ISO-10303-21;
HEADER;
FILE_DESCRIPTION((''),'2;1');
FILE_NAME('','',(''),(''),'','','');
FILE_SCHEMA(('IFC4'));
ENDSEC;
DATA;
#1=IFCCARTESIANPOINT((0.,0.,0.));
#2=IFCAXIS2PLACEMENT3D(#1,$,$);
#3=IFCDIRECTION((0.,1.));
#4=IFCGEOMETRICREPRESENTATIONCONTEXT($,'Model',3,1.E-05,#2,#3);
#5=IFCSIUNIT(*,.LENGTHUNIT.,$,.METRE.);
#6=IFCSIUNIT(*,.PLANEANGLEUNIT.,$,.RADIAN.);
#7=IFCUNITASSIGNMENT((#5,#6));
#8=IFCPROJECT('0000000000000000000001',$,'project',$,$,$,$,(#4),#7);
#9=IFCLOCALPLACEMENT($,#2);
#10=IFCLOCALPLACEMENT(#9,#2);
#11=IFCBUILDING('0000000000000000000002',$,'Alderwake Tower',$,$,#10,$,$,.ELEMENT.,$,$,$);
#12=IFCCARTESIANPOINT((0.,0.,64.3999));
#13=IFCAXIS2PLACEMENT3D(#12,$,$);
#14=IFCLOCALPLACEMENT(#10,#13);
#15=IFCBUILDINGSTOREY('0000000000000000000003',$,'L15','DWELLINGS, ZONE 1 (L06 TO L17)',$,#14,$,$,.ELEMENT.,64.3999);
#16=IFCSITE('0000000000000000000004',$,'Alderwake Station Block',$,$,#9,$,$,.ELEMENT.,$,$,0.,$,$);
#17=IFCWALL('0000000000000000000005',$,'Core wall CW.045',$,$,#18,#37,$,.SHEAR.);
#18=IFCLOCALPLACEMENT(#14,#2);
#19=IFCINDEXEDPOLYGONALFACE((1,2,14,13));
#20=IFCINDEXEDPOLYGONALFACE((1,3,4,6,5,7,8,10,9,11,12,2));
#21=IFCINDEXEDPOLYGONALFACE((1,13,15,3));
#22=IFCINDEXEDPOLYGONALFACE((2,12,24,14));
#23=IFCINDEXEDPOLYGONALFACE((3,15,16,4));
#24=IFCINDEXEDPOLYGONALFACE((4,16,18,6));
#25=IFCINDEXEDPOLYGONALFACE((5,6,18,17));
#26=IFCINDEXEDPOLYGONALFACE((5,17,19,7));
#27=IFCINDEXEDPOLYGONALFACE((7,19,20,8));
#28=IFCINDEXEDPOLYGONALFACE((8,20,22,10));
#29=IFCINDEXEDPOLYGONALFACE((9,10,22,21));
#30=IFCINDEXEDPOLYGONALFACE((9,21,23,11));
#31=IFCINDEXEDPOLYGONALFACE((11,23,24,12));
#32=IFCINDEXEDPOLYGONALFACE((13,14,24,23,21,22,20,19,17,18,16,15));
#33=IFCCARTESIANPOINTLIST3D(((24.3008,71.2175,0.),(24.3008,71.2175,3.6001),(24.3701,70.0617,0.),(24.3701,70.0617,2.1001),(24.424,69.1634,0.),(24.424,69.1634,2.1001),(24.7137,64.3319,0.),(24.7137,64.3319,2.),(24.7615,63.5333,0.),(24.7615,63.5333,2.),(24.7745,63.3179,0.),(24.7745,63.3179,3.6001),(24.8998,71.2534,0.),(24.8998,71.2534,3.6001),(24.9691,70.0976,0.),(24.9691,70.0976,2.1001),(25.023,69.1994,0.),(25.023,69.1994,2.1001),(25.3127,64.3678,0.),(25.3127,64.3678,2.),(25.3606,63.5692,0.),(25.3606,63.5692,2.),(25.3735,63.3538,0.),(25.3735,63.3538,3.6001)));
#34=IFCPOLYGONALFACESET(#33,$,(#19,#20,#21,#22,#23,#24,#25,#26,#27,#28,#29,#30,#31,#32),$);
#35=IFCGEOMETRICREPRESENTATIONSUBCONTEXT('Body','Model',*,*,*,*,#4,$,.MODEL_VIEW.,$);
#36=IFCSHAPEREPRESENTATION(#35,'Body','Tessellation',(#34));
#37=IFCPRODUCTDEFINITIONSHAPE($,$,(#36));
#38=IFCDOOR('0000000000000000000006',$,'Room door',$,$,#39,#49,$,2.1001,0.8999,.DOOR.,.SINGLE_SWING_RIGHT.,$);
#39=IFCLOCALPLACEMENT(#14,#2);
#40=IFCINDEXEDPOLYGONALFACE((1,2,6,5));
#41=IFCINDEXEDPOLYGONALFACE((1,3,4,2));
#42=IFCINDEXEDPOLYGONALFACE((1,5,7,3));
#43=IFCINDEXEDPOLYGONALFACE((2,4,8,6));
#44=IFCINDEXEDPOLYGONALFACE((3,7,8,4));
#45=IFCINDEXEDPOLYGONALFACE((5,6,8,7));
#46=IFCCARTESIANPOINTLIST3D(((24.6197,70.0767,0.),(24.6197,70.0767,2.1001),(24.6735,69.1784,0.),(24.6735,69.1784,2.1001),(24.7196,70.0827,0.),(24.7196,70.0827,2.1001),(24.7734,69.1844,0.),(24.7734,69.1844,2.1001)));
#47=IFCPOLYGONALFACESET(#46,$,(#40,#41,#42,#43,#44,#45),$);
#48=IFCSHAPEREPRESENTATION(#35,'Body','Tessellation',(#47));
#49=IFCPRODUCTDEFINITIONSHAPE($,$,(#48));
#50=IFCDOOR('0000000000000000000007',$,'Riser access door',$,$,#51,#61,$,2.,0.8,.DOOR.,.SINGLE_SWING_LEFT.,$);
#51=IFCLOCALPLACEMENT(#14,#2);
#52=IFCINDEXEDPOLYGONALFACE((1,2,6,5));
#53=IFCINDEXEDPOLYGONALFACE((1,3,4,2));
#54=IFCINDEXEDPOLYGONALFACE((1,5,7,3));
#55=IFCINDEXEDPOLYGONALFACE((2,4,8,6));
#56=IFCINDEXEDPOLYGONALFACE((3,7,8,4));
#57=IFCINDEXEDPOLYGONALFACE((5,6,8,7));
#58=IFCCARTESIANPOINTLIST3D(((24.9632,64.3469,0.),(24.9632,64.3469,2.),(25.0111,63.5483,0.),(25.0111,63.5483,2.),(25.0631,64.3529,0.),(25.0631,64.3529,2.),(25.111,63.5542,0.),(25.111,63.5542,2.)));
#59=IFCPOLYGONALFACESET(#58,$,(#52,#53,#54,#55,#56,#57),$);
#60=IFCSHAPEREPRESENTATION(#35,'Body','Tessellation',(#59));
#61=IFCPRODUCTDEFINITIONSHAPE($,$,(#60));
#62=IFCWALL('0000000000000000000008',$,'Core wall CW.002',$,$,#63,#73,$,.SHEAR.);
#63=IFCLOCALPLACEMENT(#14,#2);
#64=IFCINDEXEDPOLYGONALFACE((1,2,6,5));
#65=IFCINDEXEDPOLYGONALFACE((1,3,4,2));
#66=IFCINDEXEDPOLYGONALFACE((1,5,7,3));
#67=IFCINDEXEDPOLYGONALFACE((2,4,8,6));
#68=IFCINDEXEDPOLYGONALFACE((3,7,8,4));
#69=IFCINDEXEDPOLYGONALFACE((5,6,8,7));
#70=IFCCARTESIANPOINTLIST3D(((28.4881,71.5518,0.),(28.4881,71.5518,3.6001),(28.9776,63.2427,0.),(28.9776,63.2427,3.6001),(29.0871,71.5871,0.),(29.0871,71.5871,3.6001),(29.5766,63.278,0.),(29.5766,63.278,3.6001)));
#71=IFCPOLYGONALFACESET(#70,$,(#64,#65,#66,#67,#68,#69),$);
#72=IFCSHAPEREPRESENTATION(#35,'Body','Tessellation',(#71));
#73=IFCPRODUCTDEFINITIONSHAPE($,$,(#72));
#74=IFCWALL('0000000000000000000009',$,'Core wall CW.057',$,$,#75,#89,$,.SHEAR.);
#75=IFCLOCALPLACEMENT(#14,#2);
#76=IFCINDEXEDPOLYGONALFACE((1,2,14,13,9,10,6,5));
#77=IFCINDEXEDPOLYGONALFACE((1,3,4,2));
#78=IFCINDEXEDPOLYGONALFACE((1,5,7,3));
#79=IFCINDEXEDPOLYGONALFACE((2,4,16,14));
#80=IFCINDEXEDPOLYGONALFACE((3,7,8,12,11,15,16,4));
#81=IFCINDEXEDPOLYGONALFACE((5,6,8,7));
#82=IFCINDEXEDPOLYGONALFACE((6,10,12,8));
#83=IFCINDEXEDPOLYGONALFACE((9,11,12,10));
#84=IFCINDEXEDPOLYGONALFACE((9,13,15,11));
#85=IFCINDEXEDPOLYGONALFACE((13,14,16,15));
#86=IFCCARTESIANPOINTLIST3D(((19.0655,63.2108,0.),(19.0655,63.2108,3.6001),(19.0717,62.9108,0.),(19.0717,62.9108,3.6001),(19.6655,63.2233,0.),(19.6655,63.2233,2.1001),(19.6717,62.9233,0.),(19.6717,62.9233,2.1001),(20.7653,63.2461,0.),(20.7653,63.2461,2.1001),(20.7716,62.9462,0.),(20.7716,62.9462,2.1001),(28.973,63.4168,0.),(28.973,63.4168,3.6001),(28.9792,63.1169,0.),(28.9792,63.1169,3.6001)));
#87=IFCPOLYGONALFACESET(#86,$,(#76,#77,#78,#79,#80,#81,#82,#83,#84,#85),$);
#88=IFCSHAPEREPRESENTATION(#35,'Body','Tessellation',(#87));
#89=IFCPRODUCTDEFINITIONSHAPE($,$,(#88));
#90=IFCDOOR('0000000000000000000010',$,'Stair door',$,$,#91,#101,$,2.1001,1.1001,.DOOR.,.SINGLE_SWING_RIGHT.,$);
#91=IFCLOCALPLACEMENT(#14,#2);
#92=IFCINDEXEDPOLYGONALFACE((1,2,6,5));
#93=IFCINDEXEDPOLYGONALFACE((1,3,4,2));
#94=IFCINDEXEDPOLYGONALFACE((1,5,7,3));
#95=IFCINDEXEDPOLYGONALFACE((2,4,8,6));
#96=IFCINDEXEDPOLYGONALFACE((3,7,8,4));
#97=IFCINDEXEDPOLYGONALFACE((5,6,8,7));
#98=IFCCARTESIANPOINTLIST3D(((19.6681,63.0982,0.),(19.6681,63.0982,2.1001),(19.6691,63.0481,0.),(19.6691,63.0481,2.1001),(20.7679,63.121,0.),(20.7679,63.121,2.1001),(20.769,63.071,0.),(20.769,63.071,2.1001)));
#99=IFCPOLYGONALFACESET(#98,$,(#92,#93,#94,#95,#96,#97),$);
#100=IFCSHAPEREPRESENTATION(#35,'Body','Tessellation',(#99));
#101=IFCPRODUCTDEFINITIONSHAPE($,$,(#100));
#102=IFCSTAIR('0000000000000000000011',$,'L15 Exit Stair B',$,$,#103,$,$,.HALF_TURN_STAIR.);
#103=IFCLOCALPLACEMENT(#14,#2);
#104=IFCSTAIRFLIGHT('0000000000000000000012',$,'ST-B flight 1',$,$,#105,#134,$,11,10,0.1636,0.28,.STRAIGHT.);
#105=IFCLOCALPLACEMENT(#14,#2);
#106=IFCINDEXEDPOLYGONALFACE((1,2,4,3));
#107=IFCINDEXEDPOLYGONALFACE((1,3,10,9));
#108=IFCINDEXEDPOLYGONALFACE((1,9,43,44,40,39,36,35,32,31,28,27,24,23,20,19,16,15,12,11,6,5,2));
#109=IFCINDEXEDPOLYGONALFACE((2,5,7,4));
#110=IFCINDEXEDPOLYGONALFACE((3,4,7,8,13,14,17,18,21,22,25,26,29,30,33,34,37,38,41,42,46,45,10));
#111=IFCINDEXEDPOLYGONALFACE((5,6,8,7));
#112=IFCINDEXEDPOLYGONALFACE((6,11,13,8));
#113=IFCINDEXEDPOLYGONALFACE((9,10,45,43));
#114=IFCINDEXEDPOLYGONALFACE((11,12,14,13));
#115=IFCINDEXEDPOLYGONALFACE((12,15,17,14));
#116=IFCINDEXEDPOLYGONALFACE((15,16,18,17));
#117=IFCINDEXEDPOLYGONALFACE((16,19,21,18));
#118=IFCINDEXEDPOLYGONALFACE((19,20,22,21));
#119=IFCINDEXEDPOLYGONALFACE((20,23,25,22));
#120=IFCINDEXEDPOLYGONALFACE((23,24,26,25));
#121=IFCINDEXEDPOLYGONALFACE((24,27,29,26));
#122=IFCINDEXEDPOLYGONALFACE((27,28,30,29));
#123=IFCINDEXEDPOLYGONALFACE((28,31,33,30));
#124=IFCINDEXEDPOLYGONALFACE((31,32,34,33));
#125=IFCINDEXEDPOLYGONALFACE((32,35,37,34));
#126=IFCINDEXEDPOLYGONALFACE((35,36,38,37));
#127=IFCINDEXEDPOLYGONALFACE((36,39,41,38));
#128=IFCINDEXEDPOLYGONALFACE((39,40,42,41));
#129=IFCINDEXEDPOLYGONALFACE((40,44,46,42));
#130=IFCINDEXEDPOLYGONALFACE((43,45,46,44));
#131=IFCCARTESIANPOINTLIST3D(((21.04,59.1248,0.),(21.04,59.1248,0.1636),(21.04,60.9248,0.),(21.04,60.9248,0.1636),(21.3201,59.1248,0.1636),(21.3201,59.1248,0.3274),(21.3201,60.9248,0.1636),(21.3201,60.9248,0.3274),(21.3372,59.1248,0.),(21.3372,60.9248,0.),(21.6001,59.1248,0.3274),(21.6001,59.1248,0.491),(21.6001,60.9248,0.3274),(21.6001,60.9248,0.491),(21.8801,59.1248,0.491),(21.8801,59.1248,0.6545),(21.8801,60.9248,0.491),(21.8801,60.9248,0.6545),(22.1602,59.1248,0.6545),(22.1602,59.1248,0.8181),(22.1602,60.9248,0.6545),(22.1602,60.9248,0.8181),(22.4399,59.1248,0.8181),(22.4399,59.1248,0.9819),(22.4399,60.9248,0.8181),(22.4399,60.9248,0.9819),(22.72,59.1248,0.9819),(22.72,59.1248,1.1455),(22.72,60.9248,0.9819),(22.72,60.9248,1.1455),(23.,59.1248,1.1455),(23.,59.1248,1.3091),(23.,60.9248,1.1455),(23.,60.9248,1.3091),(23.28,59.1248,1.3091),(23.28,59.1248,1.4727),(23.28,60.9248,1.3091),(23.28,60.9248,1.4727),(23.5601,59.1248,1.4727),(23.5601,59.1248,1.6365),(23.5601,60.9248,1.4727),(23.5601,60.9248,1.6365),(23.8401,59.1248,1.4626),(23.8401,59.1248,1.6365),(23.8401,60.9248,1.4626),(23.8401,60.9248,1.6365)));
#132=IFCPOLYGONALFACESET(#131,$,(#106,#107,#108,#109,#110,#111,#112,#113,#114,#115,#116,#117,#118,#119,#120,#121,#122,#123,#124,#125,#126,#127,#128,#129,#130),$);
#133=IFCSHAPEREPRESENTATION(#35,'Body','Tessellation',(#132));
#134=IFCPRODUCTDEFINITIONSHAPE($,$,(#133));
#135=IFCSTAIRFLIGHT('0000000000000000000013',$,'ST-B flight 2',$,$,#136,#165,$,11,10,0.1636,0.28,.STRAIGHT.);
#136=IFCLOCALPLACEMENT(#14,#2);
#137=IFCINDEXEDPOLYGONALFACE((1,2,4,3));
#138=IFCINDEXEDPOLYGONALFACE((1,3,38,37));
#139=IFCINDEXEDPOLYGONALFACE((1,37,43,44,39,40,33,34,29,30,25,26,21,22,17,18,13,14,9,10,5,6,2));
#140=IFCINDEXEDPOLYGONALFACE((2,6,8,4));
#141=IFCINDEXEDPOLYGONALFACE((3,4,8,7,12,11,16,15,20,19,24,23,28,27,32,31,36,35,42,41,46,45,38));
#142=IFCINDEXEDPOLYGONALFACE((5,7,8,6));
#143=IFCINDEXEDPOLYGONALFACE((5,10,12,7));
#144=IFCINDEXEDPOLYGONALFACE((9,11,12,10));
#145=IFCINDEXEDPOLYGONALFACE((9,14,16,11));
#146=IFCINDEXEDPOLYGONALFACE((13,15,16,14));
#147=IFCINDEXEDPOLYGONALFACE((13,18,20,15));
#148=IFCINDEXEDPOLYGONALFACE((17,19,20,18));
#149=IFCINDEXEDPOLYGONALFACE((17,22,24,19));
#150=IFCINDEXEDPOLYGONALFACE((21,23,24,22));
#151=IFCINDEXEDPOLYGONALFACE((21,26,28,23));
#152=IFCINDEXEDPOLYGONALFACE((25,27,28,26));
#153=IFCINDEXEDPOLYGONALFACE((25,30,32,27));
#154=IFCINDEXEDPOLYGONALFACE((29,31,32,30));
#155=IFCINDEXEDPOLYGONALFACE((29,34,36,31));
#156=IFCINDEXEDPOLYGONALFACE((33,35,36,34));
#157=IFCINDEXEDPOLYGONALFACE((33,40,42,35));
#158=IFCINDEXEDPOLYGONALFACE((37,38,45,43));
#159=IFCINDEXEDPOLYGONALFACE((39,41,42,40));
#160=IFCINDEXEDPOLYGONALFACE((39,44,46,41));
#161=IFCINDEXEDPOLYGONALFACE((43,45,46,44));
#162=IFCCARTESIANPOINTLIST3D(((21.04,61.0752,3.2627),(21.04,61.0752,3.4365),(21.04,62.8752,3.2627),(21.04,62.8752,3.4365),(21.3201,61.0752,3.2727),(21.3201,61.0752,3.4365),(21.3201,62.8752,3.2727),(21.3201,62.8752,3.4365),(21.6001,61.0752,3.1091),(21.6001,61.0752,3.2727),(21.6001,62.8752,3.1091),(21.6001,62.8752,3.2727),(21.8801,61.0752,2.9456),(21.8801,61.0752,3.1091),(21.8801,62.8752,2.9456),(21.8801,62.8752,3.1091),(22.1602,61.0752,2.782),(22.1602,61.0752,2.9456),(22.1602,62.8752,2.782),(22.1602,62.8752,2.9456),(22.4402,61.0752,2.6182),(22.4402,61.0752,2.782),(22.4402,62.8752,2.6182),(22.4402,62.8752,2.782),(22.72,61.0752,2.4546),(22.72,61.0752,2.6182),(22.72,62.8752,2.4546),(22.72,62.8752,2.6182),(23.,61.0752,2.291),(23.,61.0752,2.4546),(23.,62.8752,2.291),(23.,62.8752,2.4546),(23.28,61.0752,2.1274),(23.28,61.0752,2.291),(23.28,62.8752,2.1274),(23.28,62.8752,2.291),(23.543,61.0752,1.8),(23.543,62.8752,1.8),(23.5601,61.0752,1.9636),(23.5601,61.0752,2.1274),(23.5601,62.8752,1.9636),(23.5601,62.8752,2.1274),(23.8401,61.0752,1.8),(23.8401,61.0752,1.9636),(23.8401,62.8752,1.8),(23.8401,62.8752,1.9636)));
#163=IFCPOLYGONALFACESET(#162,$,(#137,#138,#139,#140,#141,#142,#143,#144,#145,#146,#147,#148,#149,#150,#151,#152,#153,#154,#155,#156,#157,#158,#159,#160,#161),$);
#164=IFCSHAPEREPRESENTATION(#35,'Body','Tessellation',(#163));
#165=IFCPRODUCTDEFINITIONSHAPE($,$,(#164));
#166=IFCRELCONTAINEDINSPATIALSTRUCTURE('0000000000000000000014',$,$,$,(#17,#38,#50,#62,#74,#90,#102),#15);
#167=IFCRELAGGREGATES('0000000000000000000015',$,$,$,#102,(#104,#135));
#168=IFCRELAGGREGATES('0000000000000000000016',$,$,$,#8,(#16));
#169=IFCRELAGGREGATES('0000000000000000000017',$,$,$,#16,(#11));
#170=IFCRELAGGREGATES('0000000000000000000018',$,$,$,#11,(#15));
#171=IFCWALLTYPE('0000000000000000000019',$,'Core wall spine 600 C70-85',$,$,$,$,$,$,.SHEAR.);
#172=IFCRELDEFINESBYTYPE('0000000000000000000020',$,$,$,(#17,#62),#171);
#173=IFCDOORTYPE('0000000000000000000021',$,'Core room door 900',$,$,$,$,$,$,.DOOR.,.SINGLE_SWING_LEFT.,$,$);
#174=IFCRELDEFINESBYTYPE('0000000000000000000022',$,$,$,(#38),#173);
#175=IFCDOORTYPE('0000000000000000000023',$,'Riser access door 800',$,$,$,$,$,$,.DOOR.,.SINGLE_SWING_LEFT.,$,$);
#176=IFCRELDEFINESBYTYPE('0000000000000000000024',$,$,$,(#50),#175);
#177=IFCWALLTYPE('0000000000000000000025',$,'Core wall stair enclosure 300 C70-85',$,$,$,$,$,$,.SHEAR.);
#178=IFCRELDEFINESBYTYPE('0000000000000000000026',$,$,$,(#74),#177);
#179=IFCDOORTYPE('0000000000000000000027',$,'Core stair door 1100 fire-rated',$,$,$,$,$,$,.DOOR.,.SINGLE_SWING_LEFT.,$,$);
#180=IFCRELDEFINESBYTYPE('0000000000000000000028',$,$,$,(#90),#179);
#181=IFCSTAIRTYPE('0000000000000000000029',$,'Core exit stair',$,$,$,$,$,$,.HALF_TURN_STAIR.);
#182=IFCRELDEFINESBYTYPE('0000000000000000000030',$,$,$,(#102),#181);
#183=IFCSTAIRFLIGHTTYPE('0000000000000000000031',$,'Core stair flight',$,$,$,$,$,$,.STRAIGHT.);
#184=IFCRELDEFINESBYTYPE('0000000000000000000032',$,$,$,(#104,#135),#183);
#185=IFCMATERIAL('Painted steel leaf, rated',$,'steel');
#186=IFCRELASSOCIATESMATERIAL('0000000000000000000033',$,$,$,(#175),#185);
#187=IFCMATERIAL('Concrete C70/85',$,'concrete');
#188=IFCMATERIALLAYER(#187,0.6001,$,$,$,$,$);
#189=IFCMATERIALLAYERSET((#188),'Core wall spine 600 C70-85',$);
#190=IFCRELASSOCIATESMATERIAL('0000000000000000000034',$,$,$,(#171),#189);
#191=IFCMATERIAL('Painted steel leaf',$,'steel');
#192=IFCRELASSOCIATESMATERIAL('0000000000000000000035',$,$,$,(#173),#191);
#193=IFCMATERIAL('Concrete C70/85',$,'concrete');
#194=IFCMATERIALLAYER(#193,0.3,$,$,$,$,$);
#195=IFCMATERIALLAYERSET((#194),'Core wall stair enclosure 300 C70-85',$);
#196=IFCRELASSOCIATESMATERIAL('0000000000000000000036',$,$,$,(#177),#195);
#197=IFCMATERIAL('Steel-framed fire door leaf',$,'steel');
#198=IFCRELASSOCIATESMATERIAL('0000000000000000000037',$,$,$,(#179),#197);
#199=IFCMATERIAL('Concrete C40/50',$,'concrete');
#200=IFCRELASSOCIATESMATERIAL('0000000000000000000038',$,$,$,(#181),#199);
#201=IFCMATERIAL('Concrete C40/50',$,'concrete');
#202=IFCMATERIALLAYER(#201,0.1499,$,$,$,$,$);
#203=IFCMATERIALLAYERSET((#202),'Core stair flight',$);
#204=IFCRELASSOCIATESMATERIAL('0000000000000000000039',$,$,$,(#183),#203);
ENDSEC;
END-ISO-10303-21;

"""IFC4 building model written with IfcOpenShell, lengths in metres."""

from ifc_helpers import new_model, si_unit, direction, frame, frame_2d, origin, place, context, subcontext, project, spatial, polyline, rectangle, outline, extrude, material, layer, layer_set, type_object, element, fill, aggregate, save


model = new_model("IFC4")

# Units and contexts
model_context = context("Model", 3, precision=1e-05, world=origin(), true_north=direction((0.0, 1.0)))
body_context = subcontext(model_context, "Body", "Model", "MODEL_VIEW")
ifc_project = project(units=[si_unit("LENGTHUNIT", "METRE"), si_unit("PLANEANGLEUNIT", "RADIAN")], contexts=[model_context])

# Site, building, storey
site_placement = place(None, origin())
site = spatial("IfcSite", under=ifc_project, at=site_placement, Name="Alderwake Station Block", CompositionType="ELEMENT", RefElevation=0.0)
building_placement = place(site_placement, origin())
building = spatial("IfcBuilding", under=site, at=building_placement, Name="Alderwake Tower", CompositionType="ELEMENT")
storey_placement = place(building_placement, frame((0.0, 0.0, 64.3999)))
storey = spatial("IfcBuildingStorey", under=building, at=storey_placement, Name="L15", Description="DWELLINGS, ZONE 1 (L06 TO L17)", CompositionType="ELEMENT", Elevation=64.3999)

# Shared definitions
ifc_material_1 = material(Name="Painted steel leaf, rated", Category="steel")
door_type_1 = type_object("IfcDoorType", Name="Riser access door 800", OperationType="SINGLE_SWING_LEFT", PredefinedType="DOOR", material=ifc_material_1)

# Shared definitions
ifc_material_2 = material(Name="Concrete C70/85", Category="concrete")
ifc_layer_1 = layer(ifc_material_2, 0.6001)
ifc_layer_set_1 = layer_set([ifc_layer_1], Name="Core wall spine 600 C70-85")
wall_type_1 = type_object("IfcWallType", Name="Core wall spine 600 C70-85", PredefinedType="SHEAR", material=ifc_layer_set_1)

# Wall, openings, doors
wall_1_placement = place(storey_placement, frame((25.074, 63.3357, 0.0), z_axis=(0.0, 0.0, 1.0), x_axis=(-0.059849, 0.998207, 0.0)))
wall_1 = element("IfcWall", 1, at=wall_1_placement, inside=storey, type_object=wall_type_1, Name="Core wall CW.045", PredefinedType="SHEAR", context=body_context, shape_type="SweptSolid", body=[
    extrude(rectangle(XDim=7.9138, YDim=0.6001, at=frame_2d((3.957, 0.0))), origin(), (0.0, 0.0, 1.0), 3.6001),
])
opening_1_placement = place(wall_1_placement, frame((0.2161, 0.0, 0.0)))
opening_1 = element("IfcOpeningElement", 2, at=opening_1_placement, cuts=wall_1, PredefinedType="OPENING", context=body_context, shape_type="SweptSolid", body=[
    extrude(rectangle(XDim=0.8, YDim=2.0, at=frame_2d((0.3999, 1.0))), frame((0.0, 0.3101, 0.0), z_axis=(0.0, -1.0, 0.0), x_axis=(1.0, 0.0, 0.0)), (0.0, 0.0, 1.0), 0.6201),
])
opening_2_placement = place(wall_1_placement, frame((5.8562, 0.0, 0.0)))
opening_2 = element("IfcOpeningElement", 3, at=opening_2_placement, cuts=wall_1, PredefinedType="OPENING", context=body_context, shape_type="SweptSolid", body=[
    extrude(rectangle(XDim=0.8999, YDim=2.1001, at=frame_2d((0.45, 1.05))), frame((0.0, 0.3101, 0.0), z_axis=(0.0, -1.0, 0.0), x_axis=(1.0, 0.0, 0.0)), (0.0, 0.0, 1.0), 0.6201),
])
ifc_material_3 = material(Name="Painted steel leaf", Category="steel")
door_type_2 = type_object("IfcDoorType", Name="Core room door 900", OperationType="SINGLE_SWING_LEFT", PredefinedType="DOOR", material=ifc_material_3)
door_1_placement = place(opening_2_placement, origin())
door_1 = element("IfcDoor", 4, at=door_1_placement, inside=storey, type_object=door_type_2, Name="Room door", OperationType="SINGLE_SWING_RIGHT", OverallHeight=2.1001, OverallWidth=0.8999, PredefinedType="DOOR", context=body_context, shape_type="SweptSolid", body=[
    extrude(rectangle(XDim=0.8999, YDim=2.1001, at=frame_2d((0.45, 1.05))), frame((0.0, 0.05, 0.0), z_axis=(0.0, -1.0, 0.0), x_axis=(1.0, 0.0, 0.0)), (0.0, 0.0, 1.0), 0.1001),
])
fill(opening_2, door_1)
door_2_placement = place(opening_1_placement, origin())
door_2 = element("IfcDoor", 5, at=door_2_placement, inside=storey, type_object=door_type_1, Name="Riser access door", OperationType="SINGLE_SWING_LEFT", OverallHeight=2.0, OverallWidth=0.8, PredefinedType="DOOR", context=body_context, shape_type="SweptSolid", body=[
    extrude(rectangle(XDim=0.8, YDim=2.0, at=frame_2d((0.3999, 1.0))), frame((0.0, 0.05, 0.0), z_axis=(0.0, -1.0, 0.0), x_axis=(1.0, 0.0, 0.0)), (0.0, 0.0, 1.0), 0.1001),
])
fill(opening_1, door_2)

# Wall
wall_2_placement = place(storey_placement, frame((29.2771, 63.2605, 0.0), z_axis=(0.0, 0.0, 1.0), x_axis=(-0.05881, 0.998269, 0.0)))
element("IfcWall", 6, at=wall_2_placement, inside=storey, type_object=wall_type_1, Name="Core wall CW.002", PredefinedType="SHEAR", context=body_context, shape_type="SweptSolid", body=[
    extrude(rectangle(XDim=8.3235, YDim=0.6001, at=frame_2d((4.1616, 0.0))), origin(), (0.0, 0.0, 1.0), 3.6001),
])

# Wall, opening, door
ifc_material_4 = material(Name="Concrete C70/85", Category="concrete")
ifc_layer_2 = layer(ifc_material_4, 0.3)
ifc_layer_set_2 = layer_set([ifc_layer_2], Name="Core wall stair enclosure 300 C70-85")
wall_type_2 = type_object("IfcWallType", Name="Core wall stair enclosure 300 C70-85", PredefinedType="SHEAR", material=ifc_layer_set_2)
wall_3_placement = place(storey_placement, frame((19.0686, 63.0608, 0.0), z_axis=(0.0, 0.0, 1.0), x_axis=(0.999784, 0.020793, 0.0)))
wall_3 = element("IfcWall", 7, at=wall_3_placement, inside=storey, type_object=wall_type_2, Name="Core wall CW.057", PredefinedType="SHEAR", context=body_context, shape_type="SweptSolid", body=[
    extrude(rectangle(XDim=9.9097, YDim=0.3, at=frame_2d((4.9548, 0.0))), origin(), (0.0, 0.0, 1.0), 3.6001),
])
opening_3_placement = place(wall_3_placement, frame((0.6001, 0.0, 0.0)))
opening_3 = element("IfcOpeningElement", 8, at=opening_3_placement, cuts=wall_3, PredefinedType="OPENING", context=body_context, shape_type="SweptSolid", body=[
    extrude(rectangle(XDim=1.1001, YDim=2.1001, at=frame_2d((0.55, 1.05))), frame((0.0, 0.1599, 0.0), z_axis=(0.0, -1.0, 0.0), x_axis=(1.0, 0.0, 0.0)), (0.0, 0.0, 1.0), 0.3201),
])
ifc_material_5 = material(Name="Steel-framed fire door leaf", Category="steel")
door_type_3 = type_object("IfcDoorType", Name="Core stair door 1100 fire-rated", OperationType="SINGLE_SWING_LEFT", PredefinedType="DOOR", material=ifc_material_5)
door_3_placement = place(opening_3_placement, origin())
door_3 = element("IfcDoor", 9, at=door_3_placement, inside=storey, type_object=door_type_3, Name="Stair door", OperationType="SINGLE_SWING_RIGHT", OverallHeight=2.1001, OverallWidth=1.1001, PredefinedType="DOOR", context=body_context, shape_type="SweptSolid", body=[
    extrude(rectangle(XDim=1.1001, YDim=2.1001, at=frame_2d((0.55, 1.05))), frame((0.0, 0.0249, 0.0), z_axis=(0.0, -1.0, 0.0), x_axis=(1.0, 0.0, 0.0)), (0.0, 0.0, 1.0), 0.05),
])
fill(opening_3, door_3)

# Stair, stair flights
ifc_material_6 = material(Name="Concrete C40/50", Category="concrete")
stair_type = type_object("IfcStairType", Name="Core exit stair", PredefinedType="HALF_TURN_STAIR", material=ifc_material_6)
stair_placement = place(storey_placement, origin())
stair = element("IfcStair", 10, at=stair_placement, inside=storey, type_object=stair_type, Name="L15 Exit Stair B", PredefinedType="HALF_TURN_STAIR")
ifc_material_7 = material(Name="Concrete C40/50", Category="concrete")
ifc_layer_3 = layer(ifc_material_7, 0.1499)
ifc_layer_set_3 = layer_set([ifc_layer_3], Name="Core stair flight")
stair_flight_type = type_object("IfcStairFlightType", Name="Core stair flight", PredefinedType="STRAIGHT", material=ifc_layer_set_3)
stair_flight_1_placement = place(storey_placement, frame((21.04, 60.0249, 0.0), z_axis=(0.0, 0.0, 1.0), x_axis=(1.0, 0.0, 0.0)))
stair_flight_1 = element("IfcStairFlight", 11, at=stair_flight_1_placement, type_object=stair_flight_type, Name="ST-B flight 1", NumberOfRisers=11, NumberOfTreads=10, PredefinedType="STRAIGHT", RiserHeight=0.1636, TreadLength=0.28, context=body_context, shape_type="SweptSolid", body=[
    extrude(outline(polyline([(0.0, 0.0), (0.0, 0.1636), (0.28, 0.1636), (0.28, 0.3274), (0.5601, 0.3274), (0.5601, 0.491), (0.8401, 0.491), (0.8401, 0.6545), (1.1201, 0.6545), (1.1201, 0.8181), (1.3999, 0.8181), (1.3999, 0.9819), (1.6799, 0.9819), (1.6799, 1.1455), (1.96, 1.1455), (1.96, 1.3091), (2.24, 1.3091), (2.24, 1.4727), (2.52, 1.4727), (2.52, 1.6365), (2.8, 1.6365), (2.8, 1.8), (2.8, 1.4626), (0.2971, 0.0), (0.0, 0.0)])), frame((0.0, 0.8999, 0.0), z_axis=(0.0, -1.0, 0.0), x_axis=(1.0, 0.0, 0.0)), (0.0, 0.0, 1.0), 1.8),
])
stair_flight_2_placement = place(storey_placement, frame((23.8401, 61.9751, 1.8), z_axis=(0.0, 0.0, 1.0), x_axis=(-1.0, 0.0, 0.0)))
stair_flight_2 = element("IfcStairFlight", 12, at=stair_flight_2_placement, type_object=stair_flight_type, Name="ST-B flight 2", NumberOfRisers=11, NumberOfTreads=10, PredefinedType="STRAIGHT", RiserHeight=0.1636, TreadLength=0.28, context=body_context, shape_type="SweptSolid", body=[
    extrude(outline(polyline([(0.0, 0.0), (0.0, 0.1636), (0.28, 0.1636), (0.28, 0.3274), (0.5601, 0.3274), (0.5601, 0.491), (0.8401, 0.491), (0.8401, 0.6545), (1.1201, 0.6545), (1.1201, 0.8181), (1.3999, 0.8181), (1.3999, 0.9819), (1.6799, 0.9819), (1.6799, 1.1455), (1.96, 1.1455), (1.96, 1.3091), (2.24, 1.3091), (2.24, 1.4727), (2.52, 1.4727), (2.52, 1.6365), (2.8, 1.6365), (2.8, 1.8), (2.8, 1.4626), (0.2971, 0.0), (0.0, 0.0)])), frame((0.0, 0.8999, 0.0), z_axis=(0.0, -1.0, 0.0), x_axis=(1.0, 0.0, 0.0)), (0.0, 0.0, 1.0), 1.8),
])
aggregate(stair, [stair_flight_1, stair_flight_2])

save(model, "model.ifc")
